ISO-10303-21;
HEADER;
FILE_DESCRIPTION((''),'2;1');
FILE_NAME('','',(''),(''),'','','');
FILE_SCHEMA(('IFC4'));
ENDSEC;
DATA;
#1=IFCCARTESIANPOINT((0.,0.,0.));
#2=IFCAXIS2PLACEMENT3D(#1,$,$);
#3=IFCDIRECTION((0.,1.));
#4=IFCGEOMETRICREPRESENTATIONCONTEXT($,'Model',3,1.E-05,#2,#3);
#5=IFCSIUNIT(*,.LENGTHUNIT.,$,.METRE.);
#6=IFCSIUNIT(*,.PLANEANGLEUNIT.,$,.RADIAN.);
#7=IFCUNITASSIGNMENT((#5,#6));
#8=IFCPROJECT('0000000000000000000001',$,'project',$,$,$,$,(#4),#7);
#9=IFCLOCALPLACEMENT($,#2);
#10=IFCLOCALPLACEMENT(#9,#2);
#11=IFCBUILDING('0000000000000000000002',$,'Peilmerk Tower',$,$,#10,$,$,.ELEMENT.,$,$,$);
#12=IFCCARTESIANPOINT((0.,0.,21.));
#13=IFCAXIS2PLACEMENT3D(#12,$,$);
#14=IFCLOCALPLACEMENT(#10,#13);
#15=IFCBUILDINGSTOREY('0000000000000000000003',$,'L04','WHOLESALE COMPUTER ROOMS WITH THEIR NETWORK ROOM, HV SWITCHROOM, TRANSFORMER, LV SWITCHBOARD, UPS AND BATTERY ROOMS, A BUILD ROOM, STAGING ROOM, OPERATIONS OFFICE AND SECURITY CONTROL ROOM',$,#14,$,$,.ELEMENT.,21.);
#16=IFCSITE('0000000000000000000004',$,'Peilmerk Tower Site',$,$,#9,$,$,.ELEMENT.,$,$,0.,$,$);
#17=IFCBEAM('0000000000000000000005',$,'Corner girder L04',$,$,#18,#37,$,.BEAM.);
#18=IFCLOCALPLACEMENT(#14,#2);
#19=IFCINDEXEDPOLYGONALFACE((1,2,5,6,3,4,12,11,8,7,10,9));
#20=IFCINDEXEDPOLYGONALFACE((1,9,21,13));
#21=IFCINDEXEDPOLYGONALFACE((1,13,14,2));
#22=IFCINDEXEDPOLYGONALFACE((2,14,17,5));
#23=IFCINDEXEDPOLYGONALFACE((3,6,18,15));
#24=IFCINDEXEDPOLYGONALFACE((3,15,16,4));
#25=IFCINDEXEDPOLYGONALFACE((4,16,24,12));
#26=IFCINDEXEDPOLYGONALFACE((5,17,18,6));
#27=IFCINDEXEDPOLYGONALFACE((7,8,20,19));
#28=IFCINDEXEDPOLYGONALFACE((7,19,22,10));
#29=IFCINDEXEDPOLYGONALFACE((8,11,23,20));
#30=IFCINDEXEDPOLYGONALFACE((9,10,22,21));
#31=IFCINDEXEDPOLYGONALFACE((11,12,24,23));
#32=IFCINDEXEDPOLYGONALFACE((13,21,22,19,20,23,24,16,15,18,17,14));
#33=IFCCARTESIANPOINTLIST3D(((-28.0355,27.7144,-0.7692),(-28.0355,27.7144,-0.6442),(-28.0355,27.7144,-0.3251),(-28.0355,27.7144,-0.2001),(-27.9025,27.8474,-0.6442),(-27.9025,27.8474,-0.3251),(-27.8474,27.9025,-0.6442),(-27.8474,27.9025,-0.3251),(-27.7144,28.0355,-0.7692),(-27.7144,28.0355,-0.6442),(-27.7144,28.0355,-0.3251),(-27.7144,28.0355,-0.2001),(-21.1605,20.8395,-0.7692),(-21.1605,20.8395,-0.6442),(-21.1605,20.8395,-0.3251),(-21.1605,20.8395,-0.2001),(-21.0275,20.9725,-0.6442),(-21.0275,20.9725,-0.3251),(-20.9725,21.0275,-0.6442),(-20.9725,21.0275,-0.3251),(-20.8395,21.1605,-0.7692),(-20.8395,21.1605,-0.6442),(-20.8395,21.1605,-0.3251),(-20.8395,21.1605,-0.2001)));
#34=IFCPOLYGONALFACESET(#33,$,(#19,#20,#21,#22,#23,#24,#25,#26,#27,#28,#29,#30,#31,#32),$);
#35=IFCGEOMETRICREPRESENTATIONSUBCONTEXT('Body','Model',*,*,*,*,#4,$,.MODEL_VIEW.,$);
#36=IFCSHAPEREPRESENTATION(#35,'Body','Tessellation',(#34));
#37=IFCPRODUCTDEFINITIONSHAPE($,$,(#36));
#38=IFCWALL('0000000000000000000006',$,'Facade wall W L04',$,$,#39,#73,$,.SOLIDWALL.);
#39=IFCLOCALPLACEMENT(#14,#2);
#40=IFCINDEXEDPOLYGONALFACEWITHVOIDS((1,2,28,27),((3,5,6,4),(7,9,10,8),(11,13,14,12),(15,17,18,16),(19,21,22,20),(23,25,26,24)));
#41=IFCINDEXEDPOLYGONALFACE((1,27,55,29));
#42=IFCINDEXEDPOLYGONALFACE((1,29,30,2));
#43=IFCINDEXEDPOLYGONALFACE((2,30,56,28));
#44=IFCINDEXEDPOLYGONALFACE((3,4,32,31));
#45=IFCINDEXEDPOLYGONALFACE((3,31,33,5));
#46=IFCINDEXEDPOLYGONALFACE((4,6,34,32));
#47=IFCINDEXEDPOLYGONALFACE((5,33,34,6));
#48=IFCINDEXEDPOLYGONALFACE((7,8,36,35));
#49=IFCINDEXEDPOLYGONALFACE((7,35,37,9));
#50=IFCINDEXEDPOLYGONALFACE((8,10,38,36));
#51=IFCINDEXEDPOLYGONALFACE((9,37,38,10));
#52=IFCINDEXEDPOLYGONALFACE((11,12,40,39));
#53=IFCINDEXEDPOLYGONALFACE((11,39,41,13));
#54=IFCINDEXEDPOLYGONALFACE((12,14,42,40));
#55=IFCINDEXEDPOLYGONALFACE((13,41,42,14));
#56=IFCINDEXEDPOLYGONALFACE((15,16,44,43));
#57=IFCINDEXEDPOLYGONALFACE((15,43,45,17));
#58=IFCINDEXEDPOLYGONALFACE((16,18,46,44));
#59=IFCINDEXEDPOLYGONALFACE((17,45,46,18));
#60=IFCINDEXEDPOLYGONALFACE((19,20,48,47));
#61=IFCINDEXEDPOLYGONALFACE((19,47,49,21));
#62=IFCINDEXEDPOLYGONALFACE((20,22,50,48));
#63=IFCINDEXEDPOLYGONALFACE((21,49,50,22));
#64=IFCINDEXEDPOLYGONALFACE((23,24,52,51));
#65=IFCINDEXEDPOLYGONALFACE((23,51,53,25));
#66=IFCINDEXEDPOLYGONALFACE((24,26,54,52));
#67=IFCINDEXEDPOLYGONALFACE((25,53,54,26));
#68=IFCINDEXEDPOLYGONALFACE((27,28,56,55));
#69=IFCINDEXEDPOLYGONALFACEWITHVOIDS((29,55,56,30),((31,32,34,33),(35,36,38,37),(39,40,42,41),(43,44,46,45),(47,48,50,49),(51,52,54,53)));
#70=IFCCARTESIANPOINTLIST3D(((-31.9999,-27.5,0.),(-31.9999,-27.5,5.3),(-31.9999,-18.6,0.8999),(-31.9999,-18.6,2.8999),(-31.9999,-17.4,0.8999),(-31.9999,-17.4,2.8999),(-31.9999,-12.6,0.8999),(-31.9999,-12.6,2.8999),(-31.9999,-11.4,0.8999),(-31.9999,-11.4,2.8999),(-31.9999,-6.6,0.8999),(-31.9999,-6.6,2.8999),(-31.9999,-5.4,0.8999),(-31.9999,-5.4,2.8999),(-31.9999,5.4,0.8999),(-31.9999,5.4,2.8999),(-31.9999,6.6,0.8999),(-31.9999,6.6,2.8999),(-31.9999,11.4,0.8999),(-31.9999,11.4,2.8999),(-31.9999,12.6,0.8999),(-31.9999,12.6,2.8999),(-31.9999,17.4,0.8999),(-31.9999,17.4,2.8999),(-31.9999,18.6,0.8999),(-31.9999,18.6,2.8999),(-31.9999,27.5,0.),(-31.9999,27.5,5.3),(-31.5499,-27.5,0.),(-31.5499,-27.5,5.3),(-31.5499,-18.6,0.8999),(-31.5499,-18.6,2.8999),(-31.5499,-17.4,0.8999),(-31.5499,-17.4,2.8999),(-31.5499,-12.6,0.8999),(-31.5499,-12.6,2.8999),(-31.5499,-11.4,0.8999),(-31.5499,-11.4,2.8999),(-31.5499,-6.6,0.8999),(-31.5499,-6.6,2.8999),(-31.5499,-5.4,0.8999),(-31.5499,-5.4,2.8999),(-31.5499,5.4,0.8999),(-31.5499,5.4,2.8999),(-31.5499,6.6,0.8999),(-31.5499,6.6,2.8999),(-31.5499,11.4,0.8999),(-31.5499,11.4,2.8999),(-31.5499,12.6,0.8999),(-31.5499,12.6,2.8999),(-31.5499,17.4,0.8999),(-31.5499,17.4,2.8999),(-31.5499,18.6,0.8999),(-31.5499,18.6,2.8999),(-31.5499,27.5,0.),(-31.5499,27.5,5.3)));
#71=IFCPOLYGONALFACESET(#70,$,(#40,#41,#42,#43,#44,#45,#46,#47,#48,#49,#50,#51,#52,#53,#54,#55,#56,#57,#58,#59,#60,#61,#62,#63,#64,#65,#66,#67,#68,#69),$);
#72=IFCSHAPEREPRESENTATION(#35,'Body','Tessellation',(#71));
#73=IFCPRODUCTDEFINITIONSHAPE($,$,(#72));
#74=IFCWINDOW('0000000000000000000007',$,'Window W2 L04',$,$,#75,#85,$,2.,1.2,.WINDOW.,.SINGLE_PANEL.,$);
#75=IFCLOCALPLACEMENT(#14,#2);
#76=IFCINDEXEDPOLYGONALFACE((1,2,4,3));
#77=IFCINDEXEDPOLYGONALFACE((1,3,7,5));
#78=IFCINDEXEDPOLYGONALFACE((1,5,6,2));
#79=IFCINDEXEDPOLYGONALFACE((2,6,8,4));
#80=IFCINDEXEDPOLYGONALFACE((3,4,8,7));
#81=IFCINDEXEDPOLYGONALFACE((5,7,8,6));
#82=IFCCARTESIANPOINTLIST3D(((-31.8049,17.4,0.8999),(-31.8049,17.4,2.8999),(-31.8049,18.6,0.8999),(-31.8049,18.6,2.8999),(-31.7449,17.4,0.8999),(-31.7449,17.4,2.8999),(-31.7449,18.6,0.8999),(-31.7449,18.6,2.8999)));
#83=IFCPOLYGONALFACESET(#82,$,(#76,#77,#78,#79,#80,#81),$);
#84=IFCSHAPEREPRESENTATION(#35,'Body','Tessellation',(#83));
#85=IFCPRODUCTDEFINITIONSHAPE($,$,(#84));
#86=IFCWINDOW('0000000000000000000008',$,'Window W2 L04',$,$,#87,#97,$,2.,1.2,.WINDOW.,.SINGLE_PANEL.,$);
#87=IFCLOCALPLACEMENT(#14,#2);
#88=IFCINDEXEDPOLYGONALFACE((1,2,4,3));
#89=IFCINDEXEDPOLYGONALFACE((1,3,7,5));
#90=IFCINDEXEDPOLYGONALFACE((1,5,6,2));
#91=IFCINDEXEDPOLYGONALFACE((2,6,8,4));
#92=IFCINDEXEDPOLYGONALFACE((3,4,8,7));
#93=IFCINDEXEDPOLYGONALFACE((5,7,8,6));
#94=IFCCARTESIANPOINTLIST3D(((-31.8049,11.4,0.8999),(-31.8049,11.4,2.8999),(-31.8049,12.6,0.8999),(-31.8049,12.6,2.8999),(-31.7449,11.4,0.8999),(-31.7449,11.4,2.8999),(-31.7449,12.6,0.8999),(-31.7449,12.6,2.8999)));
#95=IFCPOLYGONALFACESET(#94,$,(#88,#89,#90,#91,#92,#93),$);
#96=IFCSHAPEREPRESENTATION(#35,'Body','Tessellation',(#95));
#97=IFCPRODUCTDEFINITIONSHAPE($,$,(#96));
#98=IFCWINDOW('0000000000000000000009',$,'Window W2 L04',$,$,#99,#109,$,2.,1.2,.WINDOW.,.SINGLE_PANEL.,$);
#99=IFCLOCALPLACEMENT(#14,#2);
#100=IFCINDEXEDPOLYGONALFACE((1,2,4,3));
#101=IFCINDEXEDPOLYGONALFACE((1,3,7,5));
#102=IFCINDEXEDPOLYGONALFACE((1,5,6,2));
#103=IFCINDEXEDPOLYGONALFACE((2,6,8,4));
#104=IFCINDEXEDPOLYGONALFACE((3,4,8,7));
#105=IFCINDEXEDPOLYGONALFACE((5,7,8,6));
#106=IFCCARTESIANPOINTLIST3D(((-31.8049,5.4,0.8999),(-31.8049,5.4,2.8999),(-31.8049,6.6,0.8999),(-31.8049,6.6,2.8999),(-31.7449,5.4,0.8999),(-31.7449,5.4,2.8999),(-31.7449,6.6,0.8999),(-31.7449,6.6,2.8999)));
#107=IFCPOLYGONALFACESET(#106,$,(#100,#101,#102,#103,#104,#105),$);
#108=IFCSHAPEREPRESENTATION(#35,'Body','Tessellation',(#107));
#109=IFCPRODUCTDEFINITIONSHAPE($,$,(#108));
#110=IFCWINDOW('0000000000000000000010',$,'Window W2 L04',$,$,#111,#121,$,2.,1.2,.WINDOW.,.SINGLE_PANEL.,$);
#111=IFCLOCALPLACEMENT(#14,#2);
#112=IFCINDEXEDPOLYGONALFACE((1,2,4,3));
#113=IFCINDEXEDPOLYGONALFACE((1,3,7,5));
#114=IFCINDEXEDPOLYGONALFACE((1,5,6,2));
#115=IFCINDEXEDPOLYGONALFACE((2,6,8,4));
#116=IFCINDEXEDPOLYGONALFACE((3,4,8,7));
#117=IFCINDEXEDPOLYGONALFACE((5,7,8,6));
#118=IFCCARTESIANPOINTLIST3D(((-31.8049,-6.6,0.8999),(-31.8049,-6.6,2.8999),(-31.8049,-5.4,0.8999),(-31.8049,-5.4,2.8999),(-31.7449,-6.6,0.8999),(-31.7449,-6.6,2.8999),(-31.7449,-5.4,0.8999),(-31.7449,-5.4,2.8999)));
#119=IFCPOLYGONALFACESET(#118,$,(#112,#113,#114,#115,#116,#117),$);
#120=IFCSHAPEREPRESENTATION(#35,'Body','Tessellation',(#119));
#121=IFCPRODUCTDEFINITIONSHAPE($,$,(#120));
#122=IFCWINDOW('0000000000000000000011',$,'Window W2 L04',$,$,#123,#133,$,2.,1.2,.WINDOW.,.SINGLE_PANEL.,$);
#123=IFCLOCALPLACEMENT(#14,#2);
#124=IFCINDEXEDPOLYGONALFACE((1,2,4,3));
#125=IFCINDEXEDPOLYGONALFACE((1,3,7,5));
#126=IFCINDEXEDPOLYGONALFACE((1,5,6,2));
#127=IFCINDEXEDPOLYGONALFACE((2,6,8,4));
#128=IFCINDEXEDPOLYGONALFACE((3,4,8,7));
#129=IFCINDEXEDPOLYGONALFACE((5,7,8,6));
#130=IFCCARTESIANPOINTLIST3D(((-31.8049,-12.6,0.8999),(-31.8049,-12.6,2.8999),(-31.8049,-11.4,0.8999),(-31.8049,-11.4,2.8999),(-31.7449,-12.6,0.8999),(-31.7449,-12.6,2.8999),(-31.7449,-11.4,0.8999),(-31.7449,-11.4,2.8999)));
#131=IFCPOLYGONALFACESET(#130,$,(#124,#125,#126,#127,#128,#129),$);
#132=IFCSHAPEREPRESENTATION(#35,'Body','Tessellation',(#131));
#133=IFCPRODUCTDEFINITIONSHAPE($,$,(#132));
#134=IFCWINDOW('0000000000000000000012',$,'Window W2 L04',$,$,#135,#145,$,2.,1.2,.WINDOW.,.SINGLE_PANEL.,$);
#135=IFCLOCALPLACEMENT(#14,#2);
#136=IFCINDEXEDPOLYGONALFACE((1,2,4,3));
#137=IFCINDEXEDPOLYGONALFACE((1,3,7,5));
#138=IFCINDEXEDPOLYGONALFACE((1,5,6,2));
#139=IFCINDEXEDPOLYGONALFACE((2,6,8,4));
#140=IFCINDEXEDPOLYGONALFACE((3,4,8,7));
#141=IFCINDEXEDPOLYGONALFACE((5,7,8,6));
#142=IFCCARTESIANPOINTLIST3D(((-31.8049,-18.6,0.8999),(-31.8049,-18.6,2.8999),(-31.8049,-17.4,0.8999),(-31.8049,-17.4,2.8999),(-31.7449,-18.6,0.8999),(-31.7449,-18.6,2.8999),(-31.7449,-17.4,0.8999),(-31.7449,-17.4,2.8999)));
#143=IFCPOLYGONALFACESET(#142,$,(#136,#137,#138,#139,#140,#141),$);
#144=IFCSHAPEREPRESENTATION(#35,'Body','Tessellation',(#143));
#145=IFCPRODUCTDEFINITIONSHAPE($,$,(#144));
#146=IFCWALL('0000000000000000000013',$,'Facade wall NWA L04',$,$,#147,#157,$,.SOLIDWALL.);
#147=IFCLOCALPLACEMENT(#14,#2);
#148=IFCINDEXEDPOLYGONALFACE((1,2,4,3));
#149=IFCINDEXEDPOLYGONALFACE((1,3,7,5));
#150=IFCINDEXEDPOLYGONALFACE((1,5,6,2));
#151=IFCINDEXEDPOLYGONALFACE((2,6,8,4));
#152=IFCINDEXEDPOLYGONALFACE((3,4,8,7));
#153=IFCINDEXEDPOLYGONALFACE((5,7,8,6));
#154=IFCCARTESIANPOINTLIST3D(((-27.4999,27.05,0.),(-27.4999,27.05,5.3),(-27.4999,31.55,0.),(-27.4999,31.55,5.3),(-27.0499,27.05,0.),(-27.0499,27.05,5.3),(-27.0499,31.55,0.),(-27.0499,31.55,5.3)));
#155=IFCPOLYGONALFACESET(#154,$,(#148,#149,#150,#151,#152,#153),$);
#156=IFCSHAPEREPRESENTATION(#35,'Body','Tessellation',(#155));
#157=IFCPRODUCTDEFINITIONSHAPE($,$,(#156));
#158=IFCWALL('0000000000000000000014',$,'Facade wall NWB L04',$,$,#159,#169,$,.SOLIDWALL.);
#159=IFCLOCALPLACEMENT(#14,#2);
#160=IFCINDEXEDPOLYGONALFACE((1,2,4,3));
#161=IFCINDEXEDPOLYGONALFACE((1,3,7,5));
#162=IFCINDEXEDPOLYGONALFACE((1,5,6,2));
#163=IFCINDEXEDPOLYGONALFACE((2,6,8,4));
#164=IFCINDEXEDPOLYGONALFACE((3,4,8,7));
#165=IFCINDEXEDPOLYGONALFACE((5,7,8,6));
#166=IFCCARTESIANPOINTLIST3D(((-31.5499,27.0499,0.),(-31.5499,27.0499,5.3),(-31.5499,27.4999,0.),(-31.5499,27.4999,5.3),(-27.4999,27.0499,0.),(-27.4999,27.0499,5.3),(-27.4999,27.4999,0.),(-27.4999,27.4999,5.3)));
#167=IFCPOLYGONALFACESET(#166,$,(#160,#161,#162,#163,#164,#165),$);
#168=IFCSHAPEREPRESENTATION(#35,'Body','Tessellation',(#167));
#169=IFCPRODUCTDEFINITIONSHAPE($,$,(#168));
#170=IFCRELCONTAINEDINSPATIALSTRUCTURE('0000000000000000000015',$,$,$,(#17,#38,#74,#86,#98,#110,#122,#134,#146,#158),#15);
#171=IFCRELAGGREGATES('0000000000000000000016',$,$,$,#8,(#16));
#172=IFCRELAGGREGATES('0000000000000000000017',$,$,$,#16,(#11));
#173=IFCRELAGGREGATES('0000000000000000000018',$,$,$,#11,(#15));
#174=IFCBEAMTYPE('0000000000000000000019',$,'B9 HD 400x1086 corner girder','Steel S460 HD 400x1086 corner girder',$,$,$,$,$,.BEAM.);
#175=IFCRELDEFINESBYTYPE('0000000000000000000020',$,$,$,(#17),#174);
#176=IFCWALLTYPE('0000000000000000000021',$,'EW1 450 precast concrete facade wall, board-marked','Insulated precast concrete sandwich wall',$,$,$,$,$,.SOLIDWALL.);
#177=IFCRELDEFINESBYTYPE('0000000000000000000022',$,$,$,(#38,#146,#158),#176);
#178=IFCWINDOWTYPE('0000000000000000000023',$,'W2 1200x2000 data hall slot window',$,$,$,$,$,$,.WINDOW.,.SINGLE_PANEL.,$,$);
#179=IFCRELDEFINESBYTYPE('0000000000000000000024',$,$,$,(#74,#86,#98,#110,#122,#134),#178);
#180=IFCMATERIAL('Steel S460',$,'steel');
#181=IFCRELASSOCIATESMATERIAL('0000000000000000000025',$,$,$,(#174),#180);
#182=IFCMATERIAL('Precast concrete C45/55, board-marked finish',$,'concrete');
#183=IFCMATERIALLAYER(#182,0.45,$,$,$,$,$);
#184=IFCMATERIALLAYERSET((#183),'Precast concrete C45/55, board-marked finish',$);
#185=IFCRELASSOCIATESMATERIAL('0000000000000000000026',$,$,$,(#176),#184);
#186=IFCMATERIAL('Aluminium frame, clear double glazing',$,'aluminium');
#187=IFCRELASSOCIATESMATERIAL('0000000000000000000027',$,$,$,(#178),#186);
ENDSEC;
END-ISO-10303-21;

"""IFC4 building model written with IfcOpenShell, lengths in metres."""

from ifc_helpers import new_model, si_unit, direction, frame, frame_2d, origin, origin_2d, place, context, subcontext, project, spatial, rectangle, i_section, extrude, material, layer, layer_set, material_profile, profile_set, type_object, element, fill, save


model = new_model("IFC4")

# Units and contexts
model_context = context("Model", 3, precision=1e-05, world=origin(), true_north=direction((0.0, 1.0)))
body_context = subcontext(model_context, "Body", "Model", "MODEL_VIEW")
ifc_project = project(units=[si_unit("LENGTHUNIT", "METRE"), si_unit("PLANEANGLEUNIT", "RADIAN")], contexts=[model_context])

# Site, building, storey
site_placement = place(None, origin())
site = spatial("IfcSite", under=ifc_project, at=site_placement, Name="Peilmerk Tower Site", CompositionType="ELEMENT", RefElevation=0.0)
building_placement = place(site_placement, origin())
building = spatial("IfcBuilding", under=site, at=building_placement, Name="Peilmerk Tower", CompositionType="ELEMENT")
storey_placement = place(building_placement, frame((0.0, 0.0, 21.0)))
storey = spatial("IfcBuildingStorey", under=building, at=storey_placement, Name="L04", Description="WHOLESALE COMPUTER ROOMS WITH THEIR NETWORK ROOM, HV SWITCHROOM, TRANSFORMER, LV SWITCHBOARD, UPS AND BATTERY ROOMS, A BUILD ROOM, STAGING ROOM, OPERATIONS OFFICE AND SECURITY CONTROL ROOM", CompositionType="ELEMENT", Elevation=21.0)

# Beam
ifc_material_1 = material(Name="Steel S460", Category="steel")
ifc_material_profile_1 = material_profile(ifc_material_1, i_section(OverallWidth=0.4541, OverallDepth=0.5691, WebThickness=0.0779, FlangeThickness=0.125, at=origin_2d()), Name="HD 400x1086")
ifc_profile_set_1 = profile_set([ifc_material_profile_1], Name="Steel S460")
beam_type_1 = type_object("IfcBeamType", Name="B9 HD 400x1086 corner girder", Description="Steel S460 HD 400x1086 corner girder", PredefinedType="BEAM", material=ifc_profile_set_1)
beam_1_placement = place(storey_placement, frame((-21.0, 21.0, -0.4846), z_axis=(-0.707107, 0.707107, 0.0), x_axis=(-0.707107, -0.707107, 0.0)))
element("IfcBeam", 1, at=beam_1_placement, inside=storey, type_object=beam_type_1, Name="Corner girder L04", PredefinedType="BEAM", context=body_context, shape_type="SweptSolid", body=[
    extrude(i_section(OverallWidth=0.4541, OverallDepth=0.5691, WebThickness=0.0779, FlangeThickness=0.125, at=origin_2d()), origin(), (0.0, 0.0, 1.0), 9.7227),
])

# Wall, openings, windows
ifc_material_2 = material(Name="Precast concrete C45/55, board-marked finish", Category="concrete")
ifc_layer = layer(ifc_material_2, 0.45)
ifc_layer_set = layer_set([ifc_layer], Name="Precast concrete C45/55, board-marked finish")
wall_type = type_object("IfcWallType", Name="EW1 450 precast concrete facade wall, board-marked", Description="Insulated precast concrete sandwich wall", PredefinedType="SOLIDWALL", material=ifc_layer_set)
wall_1_placement = place(storey_placement, frame((-31.7749, 27.5, 0.0), z_axis=(0.0, 0.0, 1.0), x_axis=(0.0, -1.0, 0.0)))
wall_1 = element("IfcWall", 2, at=wall_1_placement, inside=storey, type_object=wall_type, Name="Facade wall W L04", PredefinedType="SOLIDWALL", context=body_context, shape_type="SweptSolid", body=[
    extrude(rectangle(XDim=55.0, YDim=0.45, at=frame_2d((27.5, 0.0))), origin(), (0.0, 0.0, 1.0), 5.3),
])
opening_1_placement = place(wall_1_placement, frame((8.8999, 0.0, 0.8999)))
opening_1 = element("IfcOpeningElement", 3, at=opening_1_placement, cuts=wall_1, PredefinedType="OPENING", context=body_context, shape_type="SweptSolid", body=[
    extrude(rectangle(XDim=1.2, YDim=2.0, at=frame_2d((0.6001, 1.0))), frame((0.0, 0.2349, 0.0), z_axis=(0.0, -1.0, 0.0), x_axis=(1.0, 0.0, 0.0)), (0.0, 0.0, 1.0), 0.47),
])
opening_2_placement = place(wall_1_placement, frame((14.8999, 0.0, 0.8999)))
opening_2 = element("IfcOpeningElement", 4, at=opening_2_placement, cuts=wall_1, PredefinedType="OPENING", context=body_context, shape_type="SweptSolid", body=[
    extrude(rectangle(XDim=1.2, YDim=2.0, at=frame_2d((0.6001, 1.0))), frame((0.0, 0.2349, 0.0), z_axis=(0.0, -1.0, 0.0), x_axis=(1.0, 0.0, 0.0)), (0.0, 0.0, 1.0), 0.47),
])
opening_3_placement = place(wall_1_placement, frame((20.8999, 0.0, 0.8999)))
opening_3 = element("IfcOpeningElement", 5, at=opening_3_placement, cuts=wall_1, PredefinedType="OPENING", context=body_context, shape_type="SweptSolid", body=[
    extrude(rectangle(XDim=1.2, YDim=2.0, at=frame_2d((0.6001, 1.0))), frame((0.0, 0.2349, 0.0), z_axis=(0.0, -1.0, 0.0), x_axis=(1.0, 0.0, 0.0)), (0.0, 0.0, 1.0), 0.47),
])
opening_4_placement = place(wall_1_placement, frame((32.8999, 0.0, 0.8999)))
opening_4 = element("IfcOpeningElement", 6, at=opening_4_placement, cuts=wall_1, PredefinedType="OPENING", context=body_context, shape_type="SweptSolid", body=[
    extrude(rectangle(XDim=1.2, YDim=2.0, at=frame_2d((0.6001, 1.0))), frame((0.0, 0.2349, 0.0), z_axis=(0.0, -1.0, 0.0), x_axis=(1.0, 0.0, 0.0)), (0.0, 0.0, 1.0), 0.47),
])
opening_5_placement = place(wall_1_placement, frame((38.8999, 0.0, 0.8999)))
opening_5 = element("IfcOpeningElement", 7, at=opening_5_placement, cuts=wall_1, PredefinedType="OPENING", context=body_context, shape_type="SweptSolid", body=[
    extrude(rectangle(XDim=1.2, YDim=2.0, at=frame_2d((0.6001, 1.0))), frame((0.0, 0.2349, 0.0), z_axis=(0.0, -1.0, 0.0), x_axis=(1.0, 0.0, 0.0)), (0.0, 0.0, 1.0), 0.47),
])
opening_6_placement = place(wall_1_placement, frame((44.8999, 0.0, 0.8999)))
opening_6 = element("IfcOpeningElement", 8, at=opening_6_placement, cuts=wall_1, PredefinedType="OPENING", context=body_context, shape_type="SweptSolid", body=[
    extrude(rectangle(XDim=1.2, YDim=2.0, at=frame_2d((0.6001, 1.0))), frame((0.0, 0.2349, 0.0), z_axis=(0.0, -1.0, 0.0), x_axis=(1.0, 0.0, 0.0)), (0.0, 0.0, 1.0), 0.47),
])
ifc_material_3 = material(Name="Aluminium frame, clear double glazing", Category="aluminium")
window_type = type_object("IfcWindowType", Name="W2 1200x2000 data hall slot window", PartitioningType="SINGLE_PANEL", PredefinedType="WINDOW", material=ifc_material_3)
window_1_placement = place(opening_1_placement, origin())
window_1 = element("IfcWindow", 9, at=window_1_placement, inside=storey, type_object=window_type, Name="Window W2 L04", OverallHeight=2.0, OverallWidth=1.2, PartitioningType="SINGLE_PANEL", PredefinedType="WINDOW", context=body_context, shape_type="SweptSolid", body=[
    extrude(rectangle(XDim=1.2, YDim=2.0, at=frame_2d((0.6001, 1.0))), frame((0.0, 0.03, 0.0), z_axis=(0.0, -1.0, 0.0), x_axis=(1.0, 0.0, 0.0)), (0.0, 0.0, 1.0), 0.0601),
])
fill(opening_1, window_1)
window_2_placement = place(opening_2_placement, origin())
window_2 = element("IfcWindow", 10, at=window_2_placement, inside=storey, type_object=window_type, Name="Window W2 L04", OverallHeight=2.0, OverallWidth=1.2, PartitioningType="SINGLE_PANEL", PredefinedType="WINDOW", context=body_context, shape_type="SweptSolid", body=[
    extrude(rectangle(XDim=1.2, YDim=2.0, at=frame_2d((0.6001, 1.0))), frame((0.0, 0.03, 0.0), z_axis=(0.0, -1.0, 0.0), x_axis=(1.0, 0.0, 0.0)), (0.0, 0.0, 1.0), 0.0601),
])
fill(opening_2, window_2)
window_3_placement = place(opening_3_placement, origin())
window_3 = element("IfcWindow", 11, at=window_3_placement, inside=storey, type_object=window_type, Name="Window W2 L04", OverallHeight=2.0, OverallWidth=1.2, PartitioningType="SINGLE_PANEL", PredefinedType="WINDOW", context=body_context, shape_type="SweptSolid", body=[
    extrude(rectangle(XDim=1.2, YDim=2.0, at=frame_2d((0.6001, 1.0))), frame((0.0, 0.03, 0.0), z_axis=(0.0, -1.0, 0.0), x_axis=(1.0, 0.0, 0.0)), (0.0, 0.0, 1.0), 0.0601),
])
fill(opening_3, window_3)
window_4_placement = place(opening_4_placement, origin())
window_4 = element("IfcWindow", 12, at=window_4_placement, inside=storey, type_object=window_type, Name="Window W2 L04", OverallHeight=2.0, OverallWidth=1.2, PartitioningType="SINGLE_PANEL", PredefinedType="WINDOW", context=body_context, shape_type="SweptSolid", body=[
    extrude(rectangle(XDim=1.2, YDim=2.0, at=frame_2d((0.6001, 1.0))), frame((0.0, 0.03, 0.0), z_axis=(0.0, -1.0, 0.0), x_axis=(1.0, 0.0, 0.0)), (0.0, 0.0, 1.0), 0.0601),
])
fill(opening_4, window_4)
window_5_placement = place(opening_5_placement, origin())
window_5 = element("IfcWindow", 13, at=window_5_placement, inside=storey, type_object=window_type, Name="Window W2 L04", OverallHeight=2.0, OverallWidth=1.2, PartitioningType="SINGLE_PANEL", PredefinedType="WINDOW", context=body_context, shape_type="SweptSolid", body=[
    extrude(rectangle(XDim=1.2, YDim=2.0, at=frame_2d((0.6001, 1.0))), frame((0.0, 0.03, 0.0), z_axis=(0.0, -1.0, 0.0), x_axis=(1.0, 0.0, 0.0)), (0.0, 0.0, 1.0), 0.0601),
])
fill(opening_5, window_5)
window_6_placement = place(opening_6_placement, origin())
window_6 = element("IfcWindow", 14, at=window_6_placement, inside=storey, type_object=window_type, Name="Window W2 L04", OverallHeight=2.0, OverallWidth=1.2, PartitioningType="SINGLE_PANEL", PredefinedType="WINDOW", context=body_context, shape_type="SweptSolid", body=[
    extrude(rectangle(XDim=1.2, YDim=2.0, at=frame_2d((0.6001, 1.0))), frame((0.0, 0.03, 0.0), z_axis=(0.0, -1.0, 0.0), x_axis=(1.0, 0.0, 0.0)), (0.0, 0.0, 1.0), 0.0601),
])
fill(opening_6, window_6)

# Walls
wall_2_placement = place(storey_placement, frame((-27.2749, 27.05, 0.0), z_axis=(0.0, 0.0, 1.0), x_axis=(0.0, 1.0, 0.0)))
element("IfcWall", 15, at=wall_2_placement, inside=storey, type_object=wall_type, Name="Facade wall NWA L04", PredefinedType="SOLIDWALL", context=body_context, shape_type="SweptSolid", body=[
    extrude(rectangle(XDim=4.5, YDim=0.45, at=frame_2d((2.25, 0.0))), origin(), (0.0, 0.0, 1.0), 5.3),
])
wall_3_placement = place(storey_placement, frame((-27.5, 27.2749, 0.0), z_axis=(0.0, 0.0, 1.0), x_axis=(-1.0, 0.0, 0.0)))
element("IfcWall", 16, at=wall_3_placement, inside=storey, type_object=wall_type, Name="Facade wall NWB L04", PredefinedType="SOLIDWALL", context=body_context, shape_type="SweptSolid", body=[
    extrude(rectangle(XDim=4.05, YDim=0.45, at=frame_2d((2.0249, 0.0))), origin(), (0.0, 0.0, 1.0), 5.3),
])

save(model, "model.ifc")
